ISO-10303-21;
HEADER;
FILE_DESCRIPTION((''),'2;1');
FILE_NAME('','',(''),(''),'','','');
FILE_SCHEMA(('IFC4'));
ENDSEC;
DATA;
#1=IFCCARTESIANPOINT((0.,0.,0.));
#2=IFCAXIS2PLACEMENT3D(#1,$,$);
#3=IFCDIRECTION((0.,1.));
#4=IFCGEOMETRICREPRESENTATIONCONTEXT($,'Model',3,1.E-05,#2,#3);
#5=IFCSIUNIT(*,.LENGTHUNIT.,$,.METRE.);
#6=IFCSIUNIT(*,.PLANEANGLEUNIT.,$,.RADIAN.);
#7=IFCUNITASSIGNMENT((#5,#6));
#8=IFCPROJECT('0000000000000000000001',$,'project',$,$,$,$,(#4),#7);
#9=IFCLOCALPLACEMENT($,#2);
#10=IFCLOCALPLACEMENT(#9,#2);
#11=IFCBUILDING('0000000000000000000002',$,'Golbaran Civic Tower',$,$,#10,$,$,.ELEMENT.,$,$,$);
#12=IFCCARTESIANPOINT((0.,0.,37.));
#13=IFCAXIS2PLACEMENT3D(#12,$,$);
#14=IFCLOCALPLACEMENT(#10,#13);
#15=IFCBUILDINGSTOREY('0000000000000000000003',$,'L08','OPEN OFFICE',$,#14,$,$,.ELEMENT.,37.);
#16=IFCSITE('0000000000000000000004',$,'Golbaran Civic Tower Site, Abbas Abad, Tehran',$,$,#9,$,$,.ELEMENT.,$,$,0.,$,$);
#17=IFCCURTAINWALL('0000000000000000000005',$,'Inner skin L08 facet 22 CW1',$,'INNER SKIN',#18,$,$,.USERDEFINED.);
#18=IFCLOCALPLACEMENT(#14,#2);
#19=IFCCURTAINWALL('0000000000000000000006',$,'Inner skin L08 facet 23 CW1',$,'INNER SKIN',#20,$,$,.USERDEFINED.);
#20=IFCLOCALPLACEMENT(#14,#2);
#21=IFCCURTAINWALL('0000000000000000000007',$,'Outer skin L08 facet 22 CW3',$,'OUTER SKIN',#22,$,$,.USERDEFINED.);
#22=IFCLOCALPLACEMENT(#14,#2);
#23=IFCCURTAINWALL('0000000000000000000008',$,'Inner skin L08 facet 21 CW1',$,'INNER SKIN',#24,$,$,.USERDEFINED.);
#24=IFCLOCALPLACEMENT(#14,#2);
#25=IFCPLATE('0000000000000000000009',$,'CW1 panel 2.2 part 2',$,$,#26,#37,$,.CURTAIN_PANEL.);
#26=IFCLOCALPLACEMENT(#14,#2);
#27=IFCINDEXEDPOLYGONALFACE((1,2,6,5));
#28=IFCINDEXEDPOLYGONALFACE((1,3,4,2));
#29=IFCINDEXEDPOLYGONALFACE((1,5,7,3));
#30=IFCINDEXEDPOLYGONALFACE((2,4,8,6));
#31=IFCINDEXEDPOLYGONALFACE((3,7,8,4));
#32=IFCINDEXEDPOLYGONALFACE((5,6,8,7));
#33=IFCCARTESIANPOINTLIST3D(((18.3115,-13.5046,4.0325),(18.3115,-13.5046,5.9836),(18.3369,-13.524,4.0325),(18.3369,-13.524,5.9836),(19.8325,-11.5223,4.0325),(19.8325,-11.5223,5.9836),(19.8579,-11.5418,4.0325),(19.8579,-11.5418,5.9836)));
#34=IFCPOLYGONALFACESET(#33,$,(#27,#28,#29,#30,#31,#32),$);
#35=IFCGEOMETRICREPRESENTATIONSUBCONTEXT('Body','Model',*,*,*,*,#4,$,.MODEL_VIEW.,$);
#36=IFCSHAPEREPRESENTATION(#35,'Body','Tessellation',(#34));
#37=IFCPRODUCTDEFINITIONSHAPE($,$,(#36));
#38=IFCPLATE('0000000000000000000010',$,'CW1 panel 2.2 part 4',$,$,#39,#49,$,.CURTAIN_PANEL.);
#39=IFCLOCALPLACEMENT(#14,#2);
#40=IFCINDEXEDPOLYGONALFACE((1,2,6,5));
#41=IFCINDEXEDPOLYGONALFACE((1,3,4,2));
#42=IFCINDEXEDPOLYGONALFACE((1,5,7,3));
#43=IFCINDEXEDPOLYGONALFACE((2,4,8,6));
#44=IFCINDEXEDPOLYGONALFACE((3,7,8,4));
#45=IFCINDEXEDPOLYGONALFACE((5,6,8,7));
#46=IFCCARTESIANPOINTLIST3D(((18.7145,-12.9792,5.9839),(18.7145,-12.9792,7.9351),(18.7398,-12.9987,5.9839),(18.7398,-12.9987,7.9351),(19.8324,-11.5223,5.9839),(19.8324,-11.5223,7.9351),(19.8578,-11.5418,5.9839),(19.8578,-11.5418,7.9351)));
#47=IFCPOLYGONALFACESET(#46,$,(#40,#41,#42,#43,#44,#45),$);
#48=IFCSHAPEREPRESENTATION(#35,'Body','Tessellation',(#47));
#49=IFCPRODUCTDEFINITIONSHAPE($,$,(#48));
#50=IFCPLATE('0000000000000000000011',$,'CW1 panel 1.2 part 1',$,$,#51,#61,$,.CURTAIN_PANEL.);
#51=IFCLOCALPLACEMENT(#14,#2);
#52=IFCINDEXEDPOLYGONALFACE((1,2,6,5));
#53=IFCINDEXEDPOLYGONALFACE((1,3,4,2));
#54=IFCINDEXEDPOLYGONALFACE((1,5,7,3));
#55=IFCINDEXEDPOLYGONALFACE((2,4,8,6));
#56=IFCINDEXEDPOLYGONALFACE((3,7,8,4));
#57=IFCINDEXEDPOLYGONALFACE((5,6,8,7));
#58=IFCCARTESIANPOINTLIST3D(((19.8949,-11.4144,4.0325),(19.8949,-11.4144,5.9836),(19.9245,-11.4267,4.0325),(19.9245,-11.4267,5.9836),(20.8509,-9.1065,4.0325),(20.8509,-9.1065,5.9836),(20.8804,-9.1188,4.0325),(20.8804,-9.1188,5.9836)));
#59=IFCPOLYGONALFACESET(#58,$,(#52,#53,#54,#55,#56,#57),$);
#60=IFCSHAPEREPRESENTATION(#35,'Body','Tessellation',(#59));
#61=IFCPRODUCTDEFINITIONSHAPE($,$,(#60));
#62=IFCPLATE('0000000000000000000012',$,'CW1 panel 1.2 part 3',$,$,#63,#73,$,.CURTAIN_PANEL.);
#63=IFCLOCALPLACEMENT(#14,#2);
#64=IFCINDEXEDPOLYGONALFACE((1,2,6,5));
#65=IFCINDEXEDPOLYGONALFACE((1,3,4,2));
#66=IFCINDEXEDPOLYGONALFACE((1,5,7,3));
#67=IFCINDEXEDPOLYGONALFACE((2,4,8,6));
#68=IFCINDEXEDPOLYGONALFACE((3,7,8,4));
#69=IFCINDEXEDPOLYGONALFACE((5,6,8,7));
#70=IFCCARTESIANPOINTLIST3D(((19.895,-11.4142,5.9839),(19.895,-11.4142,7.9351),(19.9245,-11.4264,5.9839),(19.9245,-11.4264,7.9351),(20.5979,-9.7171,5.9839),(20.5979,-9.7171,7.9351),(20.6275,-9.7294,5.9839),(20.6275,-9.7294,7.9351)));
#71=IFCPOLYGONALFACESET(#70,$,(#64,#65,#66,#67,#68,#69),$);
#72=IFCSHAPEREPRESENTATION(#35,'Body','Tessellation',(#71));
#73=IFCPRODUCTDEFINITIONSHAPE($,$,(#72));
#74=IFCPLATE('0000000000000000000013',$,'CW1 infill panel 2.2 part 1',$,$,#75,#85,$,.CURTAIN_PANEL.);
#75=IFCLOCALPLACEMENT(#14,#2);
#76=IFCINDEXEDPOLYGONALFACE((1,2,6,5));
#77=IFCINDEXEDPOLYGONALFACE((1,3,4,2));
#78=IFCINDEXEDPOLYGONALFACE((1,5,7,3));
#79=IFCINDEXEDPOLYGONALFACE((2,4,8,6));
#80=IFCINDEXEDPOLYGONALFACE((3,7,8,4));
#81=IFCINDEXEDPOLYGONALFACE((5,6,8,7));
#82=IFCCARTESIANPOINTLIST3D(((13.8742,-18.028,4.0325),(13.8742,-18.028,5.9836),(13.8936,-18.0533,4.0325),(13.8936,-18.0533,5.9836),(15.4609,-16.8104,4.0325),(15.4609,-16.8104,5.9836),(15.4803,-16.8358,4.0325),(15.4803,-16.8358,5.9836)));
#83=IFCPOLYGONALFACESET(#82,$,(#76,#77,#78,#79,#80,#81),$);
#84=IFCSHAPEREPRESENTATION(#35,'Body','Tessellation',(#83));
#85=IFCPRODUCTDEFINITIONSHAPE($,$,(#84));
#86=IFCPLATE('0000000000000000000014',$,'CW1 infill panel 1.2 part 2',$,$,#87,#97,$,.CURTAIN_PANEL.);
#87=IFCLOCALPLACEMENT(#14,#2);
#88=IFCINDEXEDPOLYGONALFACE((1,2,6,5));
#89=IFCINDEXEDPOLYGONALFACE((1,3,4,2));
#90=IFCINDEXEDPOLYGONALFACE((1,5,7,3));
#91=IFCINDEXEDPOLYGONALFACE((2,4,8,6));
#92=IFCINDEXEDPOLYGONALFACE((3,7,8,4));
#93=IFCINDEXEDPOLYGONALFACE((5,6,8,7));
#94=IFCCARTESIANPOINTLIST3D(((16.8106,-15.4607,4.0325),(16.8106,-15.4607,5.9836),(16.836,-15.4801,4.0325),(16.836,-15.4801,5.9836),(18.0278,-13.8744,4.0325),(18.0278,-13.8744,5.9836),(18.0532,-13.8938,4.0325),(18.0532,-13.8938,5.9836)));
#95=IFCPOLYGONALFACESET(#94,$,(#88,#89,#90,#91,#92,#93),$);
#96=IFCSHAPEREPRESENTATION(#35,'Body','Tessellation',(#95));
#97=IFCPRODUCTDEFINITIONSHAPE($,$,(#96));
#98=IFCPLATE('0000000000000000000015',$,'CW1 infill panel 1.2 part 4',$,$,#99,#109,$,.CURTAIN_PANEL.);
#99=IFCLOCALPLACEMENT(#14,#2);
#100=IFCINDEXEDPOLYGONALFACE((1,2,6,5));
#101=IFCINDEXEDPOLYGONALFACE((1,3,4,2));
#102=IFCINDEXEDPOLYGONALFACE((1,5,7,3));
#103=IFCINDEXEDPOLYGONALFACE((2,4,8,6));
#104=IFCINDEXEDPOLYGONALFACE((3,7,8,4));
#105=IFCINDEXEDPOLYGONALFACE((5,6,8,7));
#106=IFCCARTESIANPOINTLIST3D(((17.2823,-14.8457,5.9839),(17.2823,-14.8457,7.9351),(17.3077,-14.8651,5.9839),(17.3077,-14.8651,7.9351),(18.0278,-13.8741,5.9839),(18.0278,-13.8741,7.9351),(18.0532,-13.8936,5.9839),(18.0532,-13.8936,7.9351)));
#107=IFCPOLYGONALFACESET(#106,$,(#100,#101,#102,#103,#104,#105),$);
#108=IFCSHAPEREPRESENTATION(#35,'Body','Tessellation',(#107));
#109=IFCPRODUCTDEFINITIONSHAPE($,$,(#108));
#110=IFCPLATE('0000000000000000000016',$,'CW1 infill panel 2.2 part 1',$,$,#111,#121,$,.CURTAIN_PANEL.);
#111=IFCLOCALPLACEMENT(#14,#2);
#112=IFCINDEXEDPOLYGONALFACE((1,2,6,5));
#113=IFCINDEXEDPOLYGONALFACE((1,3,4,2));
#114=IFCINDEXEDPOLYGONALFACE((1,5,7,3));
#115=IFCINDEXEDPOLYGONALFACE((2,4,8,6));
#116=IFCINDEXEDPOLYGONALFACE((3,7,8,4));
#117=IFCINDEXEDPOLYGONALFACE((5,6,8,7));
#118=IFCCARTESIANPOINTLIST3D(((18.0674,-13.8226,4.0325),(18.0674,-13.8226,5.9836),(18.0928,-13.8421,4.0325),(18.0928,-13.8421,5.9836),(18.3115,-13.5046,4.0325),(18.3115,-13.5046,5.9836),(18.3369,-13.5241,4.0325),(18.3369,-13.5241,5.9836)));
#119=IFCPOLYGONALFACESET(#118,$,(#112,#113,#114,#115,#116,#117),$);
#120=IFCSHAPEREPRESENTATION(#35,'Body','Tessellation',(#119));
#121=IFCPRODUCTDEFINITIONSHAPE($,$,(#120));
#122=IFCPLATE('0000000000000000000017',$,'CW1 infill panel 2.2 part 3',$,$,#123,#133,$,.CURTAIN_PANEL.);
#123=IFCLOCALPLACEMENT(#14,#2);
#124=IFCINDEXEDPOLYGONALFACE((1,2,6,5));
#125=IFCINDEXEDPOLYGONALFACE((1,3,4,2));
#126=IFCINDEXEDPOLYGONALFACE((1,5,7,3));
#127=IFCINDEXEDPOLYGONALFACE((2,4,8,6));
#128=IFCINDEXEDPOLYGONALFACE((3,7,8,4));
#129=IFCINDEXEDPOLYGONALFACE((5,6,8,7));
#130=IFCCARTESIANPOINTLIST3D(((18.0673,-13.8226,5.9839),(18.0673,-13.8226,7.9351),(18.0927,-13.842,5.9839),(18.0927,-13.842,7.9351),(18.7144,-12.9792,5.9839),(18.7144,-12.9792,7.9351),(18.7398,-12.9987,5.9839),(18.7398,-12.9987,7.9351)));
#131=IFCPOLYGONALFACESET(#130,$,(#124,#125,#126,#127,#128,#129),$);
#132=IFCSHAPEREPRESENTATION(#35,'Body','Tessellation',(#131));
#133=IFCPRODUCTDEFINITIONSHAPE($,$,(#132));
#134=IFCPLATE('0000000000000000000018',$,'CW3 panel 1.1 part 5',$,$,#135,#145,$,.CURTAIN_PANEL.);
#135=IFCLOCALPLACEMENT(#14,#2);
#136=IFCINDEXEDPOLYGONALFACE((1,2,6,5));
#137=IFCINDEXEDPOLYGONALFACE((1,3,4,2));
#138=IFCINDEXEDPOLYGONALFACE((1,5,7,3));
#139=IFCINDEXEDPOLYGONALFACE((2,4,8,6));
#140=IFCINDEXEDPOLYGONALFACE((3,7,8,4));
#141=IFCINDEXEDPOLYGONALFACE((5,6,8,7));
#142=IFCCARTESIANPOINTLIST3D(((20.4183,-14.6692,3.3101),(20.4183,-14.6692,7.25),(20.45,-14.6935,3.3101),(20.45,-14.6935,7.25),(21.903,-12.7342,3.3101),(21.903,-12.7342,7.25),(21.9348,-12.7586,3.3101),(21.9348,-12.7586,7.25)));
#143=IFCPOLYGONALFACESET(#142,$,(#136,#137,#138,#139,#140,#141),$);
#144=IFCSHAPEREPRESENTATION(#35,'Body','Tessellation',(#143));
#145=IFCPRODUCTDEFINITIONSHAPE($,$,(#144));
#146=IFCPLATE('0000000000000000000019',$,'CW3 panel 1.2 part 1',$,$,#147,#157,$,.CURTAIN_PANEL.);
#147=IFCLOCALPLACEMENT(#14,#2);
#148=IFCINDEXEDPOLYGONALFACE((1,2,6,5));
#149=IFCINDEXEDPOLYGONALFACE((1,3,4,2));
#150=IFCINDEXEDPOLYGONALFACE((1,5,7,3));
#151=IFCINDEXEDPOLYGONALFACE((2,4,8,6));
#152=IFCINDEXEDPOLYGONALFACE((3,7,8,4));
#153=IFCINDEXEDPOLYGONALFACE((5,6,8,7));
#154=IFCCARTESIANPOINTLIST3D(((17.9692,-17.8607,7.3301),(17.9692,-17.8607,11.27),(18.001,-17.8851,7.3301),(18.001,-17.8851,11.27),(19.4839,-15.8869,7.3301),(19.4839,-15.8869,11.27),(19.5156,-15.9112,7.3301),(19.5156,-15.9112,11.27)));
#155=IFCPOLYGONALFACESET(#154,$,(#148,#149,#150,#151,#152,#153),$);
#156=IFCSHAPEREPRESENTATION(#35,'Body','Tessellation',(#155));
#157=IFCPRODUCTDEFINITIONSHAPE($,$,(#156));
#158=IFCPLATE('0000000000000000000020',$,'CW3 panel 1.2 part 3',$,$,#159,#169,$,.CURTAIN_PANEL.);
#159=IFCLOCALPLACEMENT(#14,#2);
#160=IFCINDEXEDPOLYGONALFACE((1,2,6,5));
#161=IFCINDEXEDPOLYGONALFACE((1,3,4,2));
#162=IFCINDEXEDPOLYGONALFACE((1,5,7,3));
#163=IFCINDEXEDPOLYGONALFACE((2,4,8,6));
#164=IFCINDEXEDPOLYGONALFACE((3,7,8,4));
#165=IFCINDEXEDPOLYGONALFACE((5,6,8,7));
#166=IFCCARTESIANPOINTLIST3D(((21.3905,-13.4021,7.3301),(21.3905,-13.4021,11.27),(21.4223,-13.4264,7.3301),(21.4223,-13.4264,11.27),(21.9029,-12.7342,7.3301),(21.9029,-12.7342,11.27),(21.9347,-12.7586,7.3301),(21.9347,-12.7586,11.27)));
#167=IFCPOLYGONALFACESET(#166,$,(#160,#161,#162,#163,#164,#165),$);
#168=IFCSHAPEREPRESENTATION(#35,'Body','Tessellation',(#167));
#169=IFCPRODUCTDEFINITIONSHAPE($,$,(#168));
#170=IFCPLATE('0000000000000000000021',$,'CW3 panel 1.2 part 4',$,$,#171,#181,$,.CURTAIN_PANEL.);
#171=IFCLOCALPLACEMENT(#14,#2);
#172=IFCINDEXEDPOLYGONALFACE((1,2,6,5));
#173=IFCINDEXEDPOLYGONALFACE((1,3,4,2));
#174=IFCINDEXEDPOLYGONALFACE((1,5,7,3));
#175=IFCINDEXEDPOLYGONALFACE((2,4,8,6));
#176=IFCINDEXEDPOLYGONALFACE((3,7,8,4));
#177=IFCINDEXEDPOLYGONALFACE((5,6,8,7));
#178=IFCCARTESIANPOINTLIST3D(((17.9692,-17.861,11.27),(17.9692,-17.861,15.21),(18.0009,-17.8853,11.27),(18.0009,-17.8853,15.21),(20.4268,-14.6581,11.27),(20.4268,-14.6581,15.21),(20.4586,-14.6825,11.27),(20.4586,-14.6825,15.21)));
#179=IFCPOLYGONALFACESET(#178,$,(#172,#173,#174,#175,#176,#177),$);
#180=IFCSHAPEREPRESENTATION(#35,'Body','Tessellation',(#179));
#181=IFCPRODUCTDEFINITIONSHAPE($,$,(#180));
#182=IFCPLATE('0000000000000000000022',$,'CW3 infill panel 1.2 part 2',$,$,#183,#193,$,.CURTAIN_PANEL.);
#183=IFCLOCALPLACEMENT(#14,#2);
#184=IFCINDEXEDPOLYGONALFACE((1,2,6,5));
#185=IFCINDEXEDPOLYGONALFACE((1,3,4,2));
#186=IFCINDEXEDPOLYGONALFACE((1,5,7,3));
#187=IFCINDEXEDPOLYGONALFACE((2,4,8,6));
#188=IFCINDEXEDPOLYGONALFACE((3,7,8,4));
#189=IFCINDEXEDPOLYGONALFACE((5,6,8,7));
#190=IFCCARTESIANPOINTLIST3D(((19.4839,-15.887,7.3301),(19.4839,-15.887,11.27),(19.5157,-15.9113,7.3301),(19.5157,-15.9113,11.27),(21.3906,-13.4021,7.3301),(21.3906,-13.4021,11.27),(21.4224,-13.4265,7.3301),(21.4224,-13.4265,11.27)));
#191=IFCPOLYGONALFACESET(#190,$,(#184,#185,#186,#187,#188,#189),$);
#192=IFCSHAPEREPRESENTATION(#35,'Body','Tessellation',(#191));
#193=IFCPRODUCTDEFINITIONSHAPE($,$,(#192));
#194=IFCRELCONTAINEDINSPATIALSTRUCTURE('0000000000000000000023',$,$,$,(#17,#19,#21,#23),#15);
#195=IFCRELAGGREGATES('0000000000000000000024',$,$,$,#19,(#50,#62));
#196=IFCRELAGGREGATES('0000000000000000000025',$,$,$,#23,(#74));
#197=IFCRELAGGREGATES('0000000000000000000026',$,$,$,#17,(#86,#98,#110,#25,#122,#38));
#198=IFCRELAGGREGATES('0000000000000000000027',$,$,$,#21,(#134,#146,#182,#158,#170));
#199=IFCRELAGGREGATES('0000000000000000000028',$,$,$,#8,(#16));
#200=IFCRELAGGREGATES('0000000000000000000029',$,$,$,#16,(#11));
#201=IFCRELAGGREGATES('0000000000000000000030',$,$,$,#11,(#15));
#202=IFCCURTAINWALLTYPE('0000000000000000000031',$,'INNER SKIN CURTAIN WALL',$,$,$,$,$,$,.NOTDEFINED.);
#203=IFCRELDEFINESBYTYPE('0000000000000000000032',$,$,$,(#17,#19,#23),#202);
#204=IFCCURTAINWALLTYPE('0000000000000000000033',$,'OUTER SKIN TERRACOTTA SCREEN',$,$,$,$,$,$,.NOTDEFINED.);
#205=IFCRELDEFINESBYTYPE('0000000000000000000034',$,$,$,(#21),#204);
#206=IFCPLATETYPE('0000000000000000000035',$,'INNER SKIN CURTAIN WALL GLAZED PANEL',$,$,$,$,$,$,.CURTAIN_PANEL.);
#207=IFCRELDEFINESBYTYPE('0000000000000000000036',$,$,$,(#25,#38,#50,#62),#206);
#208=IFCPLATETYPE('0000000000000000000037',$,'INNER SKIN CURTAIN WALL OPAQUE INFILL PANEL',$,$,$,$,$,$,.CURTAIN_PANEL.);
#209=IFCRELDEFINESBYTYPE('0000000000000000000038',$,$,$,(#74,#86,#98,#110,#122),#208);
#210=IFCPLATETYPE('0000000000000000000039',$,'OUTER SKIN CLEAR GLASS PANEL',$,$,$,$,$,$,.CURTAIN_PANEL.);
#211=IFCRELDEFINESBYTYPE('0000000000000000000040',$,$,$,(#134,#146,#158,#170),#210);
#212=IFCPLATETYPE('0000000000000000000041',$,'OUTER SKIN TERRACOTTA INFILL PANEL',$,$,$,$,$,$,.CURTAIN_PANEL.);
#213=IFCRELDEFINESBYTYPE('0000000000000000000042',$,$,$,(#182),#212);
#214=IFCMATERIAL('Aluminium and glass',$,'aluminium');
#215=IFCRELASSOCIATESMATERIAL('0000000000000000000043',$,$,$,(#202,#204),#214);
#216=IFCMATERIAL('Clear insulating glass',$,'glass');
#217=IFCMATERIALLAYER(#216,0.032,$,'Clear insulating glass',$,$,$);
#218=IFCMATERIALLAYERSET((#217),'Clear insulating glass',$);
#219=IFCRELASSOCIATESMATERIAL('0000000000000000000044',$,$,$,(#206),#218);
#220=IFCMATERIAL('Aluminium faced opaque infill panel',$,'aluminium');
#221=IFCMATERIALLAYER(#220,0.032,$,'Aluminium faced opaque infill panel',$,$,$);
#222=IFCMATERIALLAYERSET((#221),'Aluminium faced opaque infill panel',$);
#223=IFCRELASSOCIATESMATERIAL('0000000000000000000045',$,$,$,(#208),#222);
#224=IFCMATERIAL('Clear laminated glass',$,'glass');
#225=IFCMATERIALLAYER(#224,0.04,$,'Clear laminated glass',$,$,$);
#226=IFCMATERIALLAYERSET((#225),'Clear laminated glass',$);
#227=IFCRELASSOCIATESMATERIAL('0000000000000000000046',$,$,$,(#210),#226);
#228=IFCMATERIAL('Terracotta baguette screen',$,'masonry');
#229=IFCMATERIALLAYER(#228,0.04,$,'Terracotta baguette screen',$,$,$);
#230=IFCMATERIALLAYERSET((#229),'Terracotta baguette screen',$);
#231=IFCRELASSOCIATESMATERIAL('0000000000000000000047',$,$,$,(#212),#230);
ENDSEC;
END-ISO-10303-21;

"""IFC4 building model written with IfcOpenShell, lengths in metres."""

from ifc_helpers import new_model, si_unit, direction, frame, origin, origin_2d, place, context, subcontext, project, spatial, rectangle, extrude, material, layer, layer_set, type_object, element, aggregate, save


model = new_model("IFC4")

# Units and contexts
model_context = context("Model", 3, precision=1e-05, world=origin(), true_north=direction((0.0, 1.0)))
body_context = subcontext(model_context, "Body", "Model", "MODEL_VIEW")
ifc_project = project(units=[si_unit("LENGTHUNIT", "METRE"), si_unit("PLANEANGLEUNIT", "RADIAN")], contexts=[model_context])

# Site, building, storey
site_placement = place(None, origin())
site = spatial("IfcSite", under=ifc_project, at=site_placement, Name="Golbaran Civic Tower Site, Abbas Abad, Tehran", CompositionType="ELEMENT", RefElevation=0.0)
building_placement = place(site_placement, origin())
building = spatial("IfcBuilding", under=site, at=building_placement, Name="Golbaran Civic Tower", CompositionType="ELEMENT")
storey_placement = place(building_placement, frame((0.0, 0.0, 37.0)))
storey = spatial("IfcBuildingStorey", under=building, at=storey_placement, Name="L08", Description="OPEN OFFICE", CompositionType="ELEMENT", Elevation=37.0)

# Curtain walls
ifc_material_1 = material(Name="Aluminium and glass", Category="aluminium")
curtain_wall_type_1 = type_object("IfcCurtainWallType", Name="INNER SKIN CURTAIN WALL", PredefinedType="NOTDEFINED", material=ifc_material_1)
curtain_wall_1_placement = place(storey_placement, origin())
curtain_wall_1 = element("IfcCurtainWall", 1, at=curtain_wall_1_placement, inside=storey, type_object=curtain_wall_type_1, Name="Inner skin L08 facet 22 CW1", ObjectType="INNER SKIN", PredefinedType="USERDEFINED")
curtain_wall_2_placement = place(storey_placement, origin())
curtain_wall_2 = element("IfcCurtainWall", 2, at=curtain_wall_2_placement, inside=storey, type_object=curtain_wall_type_1, Name="Inner skin L08 facet 23 CW1", ObjectType="INNER SKIN", PredefinedType="USERDEFINED")
curtain_wall_type_2 = type_object("IfcCurtainWallType", Name="OUTER SKIN TERRACOTTA SCREEN", PredefinedType="NOTDEFINED", material=ifc_material_1)
curtain_wall_3_placement = place(storey_placement, origin())
curtain_wall_3 = element("IfcCurtainWall", 3, at=curtain_wall_3_placement, inside=storey, type_object=curtain_wall_type_2, Name="Outer skin L08 facet 22 CW3", ObjectType="OUTER SKIN", PredefinedType="USERDEFINED")

# Curtain wall
curtain_wall_4_placement = place(storey_placement, origin())
curtain_wall_4 = element("IfcCurtainWall", 4, at=curtain_wall_4_placement, inside=storey, type_object=curtain_wall_type_1, Name="Inner skin L08 facet 21 CW1", ObjectType="INNER SKIN", PredefinedType="USERDEFINED")
ifc_material_2 = material(Name="Clear insulating glass", Category="glass")
ifc_layer_1 = layer(ifc_material_2, 0.032, Name="Clear insulating glass")
ifc_layer_set_1 = layer_set([ifc_layer_1], Name="Clear insulating glass")
plate_type_1 = type_object("IfcPlateType", Name="INNER SKIN CURTAIN WALL GLAZED PANEL", PredefinedType="CURTAIN_PANEL", material=ifc_layer_set_1)

# Plates
plate_1_placement = place(storey_placement, frame((19.0847, -12.5232, 4.0325), z_axis=(0.0, 0.0, 1.0), x_axis=(0.608761, 0.793353, 0.0)))
plate_1 = element("IfcPlate", 5, at=plate_1_placement, type_object=plate_type_1, Name="CW1 panel 2.2 part 2", PredefinedType="CURTAIN_PANEL", context=body_context, shape_type="SweptSolid", body=[
    extrude(rectangle(XDim=2.4985, YDim=0.032, at=origin_2d()), origin(), (0.0, 0.0, 1.0), 1.9512),
])
plate_2_placement = place(storey_placement, frame((19.2861, -12.2605, 5.9839), z_axis=(0.0, 0.0, 1.0), x_axis=(0.608761, 0.793353, 0.0)))
plate_2 = element("IfcPlate", 6, at=plate_2_placement, type_object=plate_type_1, Name="CW1 panel 2.2 part 4", PredefinedType="CURTAIN_PANEL", context=body_context, shape_type="SweptSolid", body=[
    extrude(rectangle(XDim=1.8364, YDim=0.032, at=origin_2d()), origin(), (0.0, 0.0, 1.0), 1.9512),
])
plate_3_placement = place(storey_placement, frame((20.3877, -10.2666, 4.0325), z_axis=(0.0, 0.0, 1.0), x_axis=(0.382683, 0.92388, 0.0)))
plate_3 = element("IfcPlate", 7, at=plate_3_placement, type_object=plate_type_1, Name="CW1 panel 1.2 part 1", PredefinedType="CURTAIN_PANEL", context=body_context, shape_type="SweptSolid", body=[
    extrude(rectangle(XDim=2.498, YDim=0.032, at=origin_2d()), origin(), (0.0, 0.0, 1.0), 1.9512),
])
plate_4_placement = place(storey_placement, frame((20.2612, -10.5718, 5.9839), z_axis=(0.0, 0.0, 1.0), x_axis=(0.382683, 0.92388, 0.0)))
plate_4 = element("IfcPlate", 8, at=plate_4_placement, type_object=plate_type_1, Name="CW1 panel 1.2 part 3", PredefinedType="CURTAIN_PANEL", context=body_context, shape_type="SweptSolid", body=[
    extrude(rectangle(XDim=1.8369, YDim=0.032, at=origin_2d()), origin(), (0.0, 0.0, 1.0), 1.9512),
])
aggregate(curtain_wall_2, [plate_3, plate_4])
ifc_material_3 = material(Name="Aluminium faced opaque infill panel", Category="aluminium")
ifc_layer_2 = layer(ifc_material_3, 0.032, Name="Aluminium faced opaque infill panel")
ifc_layer_set_2 = layer_set([ifc_layer_2], Name="Aluminium faced opaque infill panel")
plate_type_2 = type_object("IfcPlateType", Name="INNER SKIN CURTAIN WALL OPAQUE INFILL PANEL", PredefinedType="CURTAIN_PANEL", material=ifc_layer_set_2)
plate_5_placement = place(storey_placement, frame((14.6772, -17.4319, 4.0325), z_axis=(0.0, 0.0, 1.0), x_axis=(0.793353, 0.608761, 0.0)))
plate_5 = element("IfcPlate", 9, at=plate_5_placement, type_object=plate_type_2, Name="CW1 infill panel 2.2 part 1", PredefinedType="CURTAIN_PANEL", context=body_context, shape_type="SweptSolid", body=[
    extrude(rectangle(XDim=2.0, YDim=0.032, at=origin_2d()), origin(), (0.0, 0.0, 1.0), 1.9512),
])
aggregate(curtain_wall_4, [plate_5])
plate_6_placement = place(storey_placement, frame((17.4319, -14.6772, 4.0325), z_axis=(0.0, 0.0, 1.0), x_axis=(0.608761, 0.793353, 0.0)))
plate_6 = element("IfcPlate", 10, at=plate_6_placement, type_object=plate_type_2, Name="CW1 infill panel 1.2 part 2", PredefinedType="CURTAIN_PANEL", context=body_context, shape_type="SweptSolid", body=[
    extrude(rectangle(XDim=1.9995, YDim=0.032, at=origin_2d()), origin(), (0.0, 0.0, 1.0), 1.9512),
])
plate_7_placement = place(storey_placement, frame((17.6677, -14.3696, 5.9839), z_axis=(0.0, 0.0, 1.0), x_axis=(0.608761, 0.793353, 0.0)))
plate_7 = element("IfcPlate", 11, at=plate_7_placement, type_object=plate_type_2, Name="CW1 infill panel 1.2 part 4", PredefinedType="CURTAIN_PANEL", context=body_context, shape_type="SweptSolid", body=[
    extrude(rectangle(XDim=1.2246, YDim=0.032, at=origin_2d()), origin(), (0.0, 0.0, 1.0), 1.9512),
])
plate_8_placement = place(storey_placement, frame((18.2021, -13.6733, 4.0325), z_axis=(0.0, 0.0, 1.0), x_axis=(0.608761, 0.793353, 0.0)))
plate_8 = element("IfcPlate", 12, at=plate_8_placement, type_object=plate_type_2, Name="CW1 infill panel 2.2 part 1", PredefinedType="CURTAIN_PANEL", context=body_context, shape_type="SweptSolid", body=[
    extrude(rectangle(XDim=0.4009, YDim=0.032, at=origin_2d()), origin(), (0.0, 0.0, 1.0), 1.9512),
])
plate_9_placement = place(storey_placement, frame((18.4036, -13.4106, 5.9839), z_axis=(0.0, 0.0, 1.0), x_axis=(0.608761, 0.793353, 0.0)))
plate_9 = element("IfcPlate", 13, at=plate_9_placement, type_object=plate_type_2, Name="CW1 infill panel 2.2 part 3", PredefinedType="CURTAIN_PANEL", context=body_context, shape_type="SweptSolid", body=[
    extrude(rectangle(XDim=1.063, YDim=0.032, at=origin_2d()), origin(), (0.0, 0.0, 1.0), 1.9512),
])
aggregate(curtain_wall_1, [plate_6, plate_7, plate_8, plate_1, plate_9, plate_2])
ifc_material_4 = material(Name="Clear laminated glass", Category="glass")
ifc_layer_3 = layer(ifc_material_4, 0.04, Name="Clear laminated glass")
ifc_layer_set_3 = layer_set([ifc_layer_3], Name="Clear laminated glass")
plate_type_3 = type_object("IfcPlateType", Name="OUTER SKIN CLEAR GLASS PANEL", PredefinedType="CURTAIN_PANEL", material=ifc_layer_set_3)
plate_10_placement = place(storey_placement, frame((21.1765, -13.7139, 3.3101), z_axis=(0.0, 0.0, 1.0), x_axis=(0.608761, 0.793353, 0.0)))
plate_10 = element("IfcPlate", 14, at=plate_10_placement, type_object=plate_type_3, Name="CW3 panel 1.1 part 5", PredefinedType="CURTAIN_PANEL", context=body_context, shape_type="SweptSolid", body=[
    extrude(rectangle(XDim=2.439, YDim=0.04, at=origin_2d()), origin(), (0.0, 0.0, 1.0), 3.9399),
])
plate_11_placement = place(storey_placement, frame((18.7424, -16.886, 7.3301), z_axis=(0.0, 0.0, 1.0), x_axis=(0.608761, 0.793353, 0.0)))
plate_11 = element("IfcPlate", 15, at=plate_11_placement, type_object=plate_type_3, Name="CW3 panel 1.2 part 1", PredefinedType="CURTAIN_PANEL", context=body_context, shape_type="SweptSolid", body=[
    extrude(rectangle(XDim=2.488, YDim=0.04, at=origin_2d()), origin(), (0.0, 0.0, 1.0), 3.9399),
])
plate_12_placement = place(storey_placement, frame((21.6626, -13.0803, 7.3301), z_axis=(0.0, 0.0, 1.0), x_axis=(0.608761, 0.793353, 0.0)))
plate_12 = element("IfcPlate", 16, at=plate_12_placement, type_object=plate_type_3, Name="CW3 panel 1.2 part 3", PredefinedType="CURTAIN_PANEL", context=body_context, shape_type="SweptSolid", body=[
    extrude(rectangle(XDim=0.8418, YDim=0.04, at=origin_2d()), origin(), (0.0, 0.0, 1.0), 3.9399),
])
plate_13_placement = place(storey_placement, frame((19.2139, -16.2717, 11.27), z_axis=(0.0, 0.0, 1.0), x_axis=(0.608761, 0.793353, 0.0)))
plate_13 = element("IfcPlate", 17, at=plate_13_placement, type_object=plate_type_3, Name="CW3 panel 1.2 part 4", PredefinedType="CURTAIN_PANEL", context=body_context, shape_type="SweptSolid", body=[
    extrude(rectangle(XDim=4.0371, YDim=0.04, at=origin_2d()), origin(), (0.0, 0.0, 1.0), 3.9399),
])
ifc_material_5 = material(Name="Terracotta baguette screen", Category="masonry")
ifc_layer_4 = layer(ifc_material_5, 0.04, Name="Terracotta baguette screen")
ifc_layer_set_4 = layer_set([ifc_layer_4], Name="Terracotta baguette screen")
plate_type_4 = type_object("IfcPlateType", Name="OUTER SKIN TERRACOTTA INFILL PANEL", PredefinedType="CURTAIN_PANEL", material=ifc_layer_set_4)
plate_14_placement = place(storey_placement, frame((20.4531, -14.6567, 7.3301), z_axis=(0.0, 0.0, 1.0), x_axis=(0.608761, 0.793353, 0.0)))
plate_14 = element("IfcPlate", 18, at=plate_14_placement, type_object=plate_type_4, Name="CW3 infill panel 1.2 part 2", PredefinedType="CURTAIN_PANEL", context=body_context, shape_type="SweptSolid", body=[
    extrude(rectangle(XDim=3.1321, YDim=0.04, at=origin_2d()), origin(), (0.0, 0.0, 1.0), 3.9399),
])
aggregate(curtain_wall_3, [plate_10, plate_11, plate_14, plate_12, plate_13])

save(model, "model.ifc")
